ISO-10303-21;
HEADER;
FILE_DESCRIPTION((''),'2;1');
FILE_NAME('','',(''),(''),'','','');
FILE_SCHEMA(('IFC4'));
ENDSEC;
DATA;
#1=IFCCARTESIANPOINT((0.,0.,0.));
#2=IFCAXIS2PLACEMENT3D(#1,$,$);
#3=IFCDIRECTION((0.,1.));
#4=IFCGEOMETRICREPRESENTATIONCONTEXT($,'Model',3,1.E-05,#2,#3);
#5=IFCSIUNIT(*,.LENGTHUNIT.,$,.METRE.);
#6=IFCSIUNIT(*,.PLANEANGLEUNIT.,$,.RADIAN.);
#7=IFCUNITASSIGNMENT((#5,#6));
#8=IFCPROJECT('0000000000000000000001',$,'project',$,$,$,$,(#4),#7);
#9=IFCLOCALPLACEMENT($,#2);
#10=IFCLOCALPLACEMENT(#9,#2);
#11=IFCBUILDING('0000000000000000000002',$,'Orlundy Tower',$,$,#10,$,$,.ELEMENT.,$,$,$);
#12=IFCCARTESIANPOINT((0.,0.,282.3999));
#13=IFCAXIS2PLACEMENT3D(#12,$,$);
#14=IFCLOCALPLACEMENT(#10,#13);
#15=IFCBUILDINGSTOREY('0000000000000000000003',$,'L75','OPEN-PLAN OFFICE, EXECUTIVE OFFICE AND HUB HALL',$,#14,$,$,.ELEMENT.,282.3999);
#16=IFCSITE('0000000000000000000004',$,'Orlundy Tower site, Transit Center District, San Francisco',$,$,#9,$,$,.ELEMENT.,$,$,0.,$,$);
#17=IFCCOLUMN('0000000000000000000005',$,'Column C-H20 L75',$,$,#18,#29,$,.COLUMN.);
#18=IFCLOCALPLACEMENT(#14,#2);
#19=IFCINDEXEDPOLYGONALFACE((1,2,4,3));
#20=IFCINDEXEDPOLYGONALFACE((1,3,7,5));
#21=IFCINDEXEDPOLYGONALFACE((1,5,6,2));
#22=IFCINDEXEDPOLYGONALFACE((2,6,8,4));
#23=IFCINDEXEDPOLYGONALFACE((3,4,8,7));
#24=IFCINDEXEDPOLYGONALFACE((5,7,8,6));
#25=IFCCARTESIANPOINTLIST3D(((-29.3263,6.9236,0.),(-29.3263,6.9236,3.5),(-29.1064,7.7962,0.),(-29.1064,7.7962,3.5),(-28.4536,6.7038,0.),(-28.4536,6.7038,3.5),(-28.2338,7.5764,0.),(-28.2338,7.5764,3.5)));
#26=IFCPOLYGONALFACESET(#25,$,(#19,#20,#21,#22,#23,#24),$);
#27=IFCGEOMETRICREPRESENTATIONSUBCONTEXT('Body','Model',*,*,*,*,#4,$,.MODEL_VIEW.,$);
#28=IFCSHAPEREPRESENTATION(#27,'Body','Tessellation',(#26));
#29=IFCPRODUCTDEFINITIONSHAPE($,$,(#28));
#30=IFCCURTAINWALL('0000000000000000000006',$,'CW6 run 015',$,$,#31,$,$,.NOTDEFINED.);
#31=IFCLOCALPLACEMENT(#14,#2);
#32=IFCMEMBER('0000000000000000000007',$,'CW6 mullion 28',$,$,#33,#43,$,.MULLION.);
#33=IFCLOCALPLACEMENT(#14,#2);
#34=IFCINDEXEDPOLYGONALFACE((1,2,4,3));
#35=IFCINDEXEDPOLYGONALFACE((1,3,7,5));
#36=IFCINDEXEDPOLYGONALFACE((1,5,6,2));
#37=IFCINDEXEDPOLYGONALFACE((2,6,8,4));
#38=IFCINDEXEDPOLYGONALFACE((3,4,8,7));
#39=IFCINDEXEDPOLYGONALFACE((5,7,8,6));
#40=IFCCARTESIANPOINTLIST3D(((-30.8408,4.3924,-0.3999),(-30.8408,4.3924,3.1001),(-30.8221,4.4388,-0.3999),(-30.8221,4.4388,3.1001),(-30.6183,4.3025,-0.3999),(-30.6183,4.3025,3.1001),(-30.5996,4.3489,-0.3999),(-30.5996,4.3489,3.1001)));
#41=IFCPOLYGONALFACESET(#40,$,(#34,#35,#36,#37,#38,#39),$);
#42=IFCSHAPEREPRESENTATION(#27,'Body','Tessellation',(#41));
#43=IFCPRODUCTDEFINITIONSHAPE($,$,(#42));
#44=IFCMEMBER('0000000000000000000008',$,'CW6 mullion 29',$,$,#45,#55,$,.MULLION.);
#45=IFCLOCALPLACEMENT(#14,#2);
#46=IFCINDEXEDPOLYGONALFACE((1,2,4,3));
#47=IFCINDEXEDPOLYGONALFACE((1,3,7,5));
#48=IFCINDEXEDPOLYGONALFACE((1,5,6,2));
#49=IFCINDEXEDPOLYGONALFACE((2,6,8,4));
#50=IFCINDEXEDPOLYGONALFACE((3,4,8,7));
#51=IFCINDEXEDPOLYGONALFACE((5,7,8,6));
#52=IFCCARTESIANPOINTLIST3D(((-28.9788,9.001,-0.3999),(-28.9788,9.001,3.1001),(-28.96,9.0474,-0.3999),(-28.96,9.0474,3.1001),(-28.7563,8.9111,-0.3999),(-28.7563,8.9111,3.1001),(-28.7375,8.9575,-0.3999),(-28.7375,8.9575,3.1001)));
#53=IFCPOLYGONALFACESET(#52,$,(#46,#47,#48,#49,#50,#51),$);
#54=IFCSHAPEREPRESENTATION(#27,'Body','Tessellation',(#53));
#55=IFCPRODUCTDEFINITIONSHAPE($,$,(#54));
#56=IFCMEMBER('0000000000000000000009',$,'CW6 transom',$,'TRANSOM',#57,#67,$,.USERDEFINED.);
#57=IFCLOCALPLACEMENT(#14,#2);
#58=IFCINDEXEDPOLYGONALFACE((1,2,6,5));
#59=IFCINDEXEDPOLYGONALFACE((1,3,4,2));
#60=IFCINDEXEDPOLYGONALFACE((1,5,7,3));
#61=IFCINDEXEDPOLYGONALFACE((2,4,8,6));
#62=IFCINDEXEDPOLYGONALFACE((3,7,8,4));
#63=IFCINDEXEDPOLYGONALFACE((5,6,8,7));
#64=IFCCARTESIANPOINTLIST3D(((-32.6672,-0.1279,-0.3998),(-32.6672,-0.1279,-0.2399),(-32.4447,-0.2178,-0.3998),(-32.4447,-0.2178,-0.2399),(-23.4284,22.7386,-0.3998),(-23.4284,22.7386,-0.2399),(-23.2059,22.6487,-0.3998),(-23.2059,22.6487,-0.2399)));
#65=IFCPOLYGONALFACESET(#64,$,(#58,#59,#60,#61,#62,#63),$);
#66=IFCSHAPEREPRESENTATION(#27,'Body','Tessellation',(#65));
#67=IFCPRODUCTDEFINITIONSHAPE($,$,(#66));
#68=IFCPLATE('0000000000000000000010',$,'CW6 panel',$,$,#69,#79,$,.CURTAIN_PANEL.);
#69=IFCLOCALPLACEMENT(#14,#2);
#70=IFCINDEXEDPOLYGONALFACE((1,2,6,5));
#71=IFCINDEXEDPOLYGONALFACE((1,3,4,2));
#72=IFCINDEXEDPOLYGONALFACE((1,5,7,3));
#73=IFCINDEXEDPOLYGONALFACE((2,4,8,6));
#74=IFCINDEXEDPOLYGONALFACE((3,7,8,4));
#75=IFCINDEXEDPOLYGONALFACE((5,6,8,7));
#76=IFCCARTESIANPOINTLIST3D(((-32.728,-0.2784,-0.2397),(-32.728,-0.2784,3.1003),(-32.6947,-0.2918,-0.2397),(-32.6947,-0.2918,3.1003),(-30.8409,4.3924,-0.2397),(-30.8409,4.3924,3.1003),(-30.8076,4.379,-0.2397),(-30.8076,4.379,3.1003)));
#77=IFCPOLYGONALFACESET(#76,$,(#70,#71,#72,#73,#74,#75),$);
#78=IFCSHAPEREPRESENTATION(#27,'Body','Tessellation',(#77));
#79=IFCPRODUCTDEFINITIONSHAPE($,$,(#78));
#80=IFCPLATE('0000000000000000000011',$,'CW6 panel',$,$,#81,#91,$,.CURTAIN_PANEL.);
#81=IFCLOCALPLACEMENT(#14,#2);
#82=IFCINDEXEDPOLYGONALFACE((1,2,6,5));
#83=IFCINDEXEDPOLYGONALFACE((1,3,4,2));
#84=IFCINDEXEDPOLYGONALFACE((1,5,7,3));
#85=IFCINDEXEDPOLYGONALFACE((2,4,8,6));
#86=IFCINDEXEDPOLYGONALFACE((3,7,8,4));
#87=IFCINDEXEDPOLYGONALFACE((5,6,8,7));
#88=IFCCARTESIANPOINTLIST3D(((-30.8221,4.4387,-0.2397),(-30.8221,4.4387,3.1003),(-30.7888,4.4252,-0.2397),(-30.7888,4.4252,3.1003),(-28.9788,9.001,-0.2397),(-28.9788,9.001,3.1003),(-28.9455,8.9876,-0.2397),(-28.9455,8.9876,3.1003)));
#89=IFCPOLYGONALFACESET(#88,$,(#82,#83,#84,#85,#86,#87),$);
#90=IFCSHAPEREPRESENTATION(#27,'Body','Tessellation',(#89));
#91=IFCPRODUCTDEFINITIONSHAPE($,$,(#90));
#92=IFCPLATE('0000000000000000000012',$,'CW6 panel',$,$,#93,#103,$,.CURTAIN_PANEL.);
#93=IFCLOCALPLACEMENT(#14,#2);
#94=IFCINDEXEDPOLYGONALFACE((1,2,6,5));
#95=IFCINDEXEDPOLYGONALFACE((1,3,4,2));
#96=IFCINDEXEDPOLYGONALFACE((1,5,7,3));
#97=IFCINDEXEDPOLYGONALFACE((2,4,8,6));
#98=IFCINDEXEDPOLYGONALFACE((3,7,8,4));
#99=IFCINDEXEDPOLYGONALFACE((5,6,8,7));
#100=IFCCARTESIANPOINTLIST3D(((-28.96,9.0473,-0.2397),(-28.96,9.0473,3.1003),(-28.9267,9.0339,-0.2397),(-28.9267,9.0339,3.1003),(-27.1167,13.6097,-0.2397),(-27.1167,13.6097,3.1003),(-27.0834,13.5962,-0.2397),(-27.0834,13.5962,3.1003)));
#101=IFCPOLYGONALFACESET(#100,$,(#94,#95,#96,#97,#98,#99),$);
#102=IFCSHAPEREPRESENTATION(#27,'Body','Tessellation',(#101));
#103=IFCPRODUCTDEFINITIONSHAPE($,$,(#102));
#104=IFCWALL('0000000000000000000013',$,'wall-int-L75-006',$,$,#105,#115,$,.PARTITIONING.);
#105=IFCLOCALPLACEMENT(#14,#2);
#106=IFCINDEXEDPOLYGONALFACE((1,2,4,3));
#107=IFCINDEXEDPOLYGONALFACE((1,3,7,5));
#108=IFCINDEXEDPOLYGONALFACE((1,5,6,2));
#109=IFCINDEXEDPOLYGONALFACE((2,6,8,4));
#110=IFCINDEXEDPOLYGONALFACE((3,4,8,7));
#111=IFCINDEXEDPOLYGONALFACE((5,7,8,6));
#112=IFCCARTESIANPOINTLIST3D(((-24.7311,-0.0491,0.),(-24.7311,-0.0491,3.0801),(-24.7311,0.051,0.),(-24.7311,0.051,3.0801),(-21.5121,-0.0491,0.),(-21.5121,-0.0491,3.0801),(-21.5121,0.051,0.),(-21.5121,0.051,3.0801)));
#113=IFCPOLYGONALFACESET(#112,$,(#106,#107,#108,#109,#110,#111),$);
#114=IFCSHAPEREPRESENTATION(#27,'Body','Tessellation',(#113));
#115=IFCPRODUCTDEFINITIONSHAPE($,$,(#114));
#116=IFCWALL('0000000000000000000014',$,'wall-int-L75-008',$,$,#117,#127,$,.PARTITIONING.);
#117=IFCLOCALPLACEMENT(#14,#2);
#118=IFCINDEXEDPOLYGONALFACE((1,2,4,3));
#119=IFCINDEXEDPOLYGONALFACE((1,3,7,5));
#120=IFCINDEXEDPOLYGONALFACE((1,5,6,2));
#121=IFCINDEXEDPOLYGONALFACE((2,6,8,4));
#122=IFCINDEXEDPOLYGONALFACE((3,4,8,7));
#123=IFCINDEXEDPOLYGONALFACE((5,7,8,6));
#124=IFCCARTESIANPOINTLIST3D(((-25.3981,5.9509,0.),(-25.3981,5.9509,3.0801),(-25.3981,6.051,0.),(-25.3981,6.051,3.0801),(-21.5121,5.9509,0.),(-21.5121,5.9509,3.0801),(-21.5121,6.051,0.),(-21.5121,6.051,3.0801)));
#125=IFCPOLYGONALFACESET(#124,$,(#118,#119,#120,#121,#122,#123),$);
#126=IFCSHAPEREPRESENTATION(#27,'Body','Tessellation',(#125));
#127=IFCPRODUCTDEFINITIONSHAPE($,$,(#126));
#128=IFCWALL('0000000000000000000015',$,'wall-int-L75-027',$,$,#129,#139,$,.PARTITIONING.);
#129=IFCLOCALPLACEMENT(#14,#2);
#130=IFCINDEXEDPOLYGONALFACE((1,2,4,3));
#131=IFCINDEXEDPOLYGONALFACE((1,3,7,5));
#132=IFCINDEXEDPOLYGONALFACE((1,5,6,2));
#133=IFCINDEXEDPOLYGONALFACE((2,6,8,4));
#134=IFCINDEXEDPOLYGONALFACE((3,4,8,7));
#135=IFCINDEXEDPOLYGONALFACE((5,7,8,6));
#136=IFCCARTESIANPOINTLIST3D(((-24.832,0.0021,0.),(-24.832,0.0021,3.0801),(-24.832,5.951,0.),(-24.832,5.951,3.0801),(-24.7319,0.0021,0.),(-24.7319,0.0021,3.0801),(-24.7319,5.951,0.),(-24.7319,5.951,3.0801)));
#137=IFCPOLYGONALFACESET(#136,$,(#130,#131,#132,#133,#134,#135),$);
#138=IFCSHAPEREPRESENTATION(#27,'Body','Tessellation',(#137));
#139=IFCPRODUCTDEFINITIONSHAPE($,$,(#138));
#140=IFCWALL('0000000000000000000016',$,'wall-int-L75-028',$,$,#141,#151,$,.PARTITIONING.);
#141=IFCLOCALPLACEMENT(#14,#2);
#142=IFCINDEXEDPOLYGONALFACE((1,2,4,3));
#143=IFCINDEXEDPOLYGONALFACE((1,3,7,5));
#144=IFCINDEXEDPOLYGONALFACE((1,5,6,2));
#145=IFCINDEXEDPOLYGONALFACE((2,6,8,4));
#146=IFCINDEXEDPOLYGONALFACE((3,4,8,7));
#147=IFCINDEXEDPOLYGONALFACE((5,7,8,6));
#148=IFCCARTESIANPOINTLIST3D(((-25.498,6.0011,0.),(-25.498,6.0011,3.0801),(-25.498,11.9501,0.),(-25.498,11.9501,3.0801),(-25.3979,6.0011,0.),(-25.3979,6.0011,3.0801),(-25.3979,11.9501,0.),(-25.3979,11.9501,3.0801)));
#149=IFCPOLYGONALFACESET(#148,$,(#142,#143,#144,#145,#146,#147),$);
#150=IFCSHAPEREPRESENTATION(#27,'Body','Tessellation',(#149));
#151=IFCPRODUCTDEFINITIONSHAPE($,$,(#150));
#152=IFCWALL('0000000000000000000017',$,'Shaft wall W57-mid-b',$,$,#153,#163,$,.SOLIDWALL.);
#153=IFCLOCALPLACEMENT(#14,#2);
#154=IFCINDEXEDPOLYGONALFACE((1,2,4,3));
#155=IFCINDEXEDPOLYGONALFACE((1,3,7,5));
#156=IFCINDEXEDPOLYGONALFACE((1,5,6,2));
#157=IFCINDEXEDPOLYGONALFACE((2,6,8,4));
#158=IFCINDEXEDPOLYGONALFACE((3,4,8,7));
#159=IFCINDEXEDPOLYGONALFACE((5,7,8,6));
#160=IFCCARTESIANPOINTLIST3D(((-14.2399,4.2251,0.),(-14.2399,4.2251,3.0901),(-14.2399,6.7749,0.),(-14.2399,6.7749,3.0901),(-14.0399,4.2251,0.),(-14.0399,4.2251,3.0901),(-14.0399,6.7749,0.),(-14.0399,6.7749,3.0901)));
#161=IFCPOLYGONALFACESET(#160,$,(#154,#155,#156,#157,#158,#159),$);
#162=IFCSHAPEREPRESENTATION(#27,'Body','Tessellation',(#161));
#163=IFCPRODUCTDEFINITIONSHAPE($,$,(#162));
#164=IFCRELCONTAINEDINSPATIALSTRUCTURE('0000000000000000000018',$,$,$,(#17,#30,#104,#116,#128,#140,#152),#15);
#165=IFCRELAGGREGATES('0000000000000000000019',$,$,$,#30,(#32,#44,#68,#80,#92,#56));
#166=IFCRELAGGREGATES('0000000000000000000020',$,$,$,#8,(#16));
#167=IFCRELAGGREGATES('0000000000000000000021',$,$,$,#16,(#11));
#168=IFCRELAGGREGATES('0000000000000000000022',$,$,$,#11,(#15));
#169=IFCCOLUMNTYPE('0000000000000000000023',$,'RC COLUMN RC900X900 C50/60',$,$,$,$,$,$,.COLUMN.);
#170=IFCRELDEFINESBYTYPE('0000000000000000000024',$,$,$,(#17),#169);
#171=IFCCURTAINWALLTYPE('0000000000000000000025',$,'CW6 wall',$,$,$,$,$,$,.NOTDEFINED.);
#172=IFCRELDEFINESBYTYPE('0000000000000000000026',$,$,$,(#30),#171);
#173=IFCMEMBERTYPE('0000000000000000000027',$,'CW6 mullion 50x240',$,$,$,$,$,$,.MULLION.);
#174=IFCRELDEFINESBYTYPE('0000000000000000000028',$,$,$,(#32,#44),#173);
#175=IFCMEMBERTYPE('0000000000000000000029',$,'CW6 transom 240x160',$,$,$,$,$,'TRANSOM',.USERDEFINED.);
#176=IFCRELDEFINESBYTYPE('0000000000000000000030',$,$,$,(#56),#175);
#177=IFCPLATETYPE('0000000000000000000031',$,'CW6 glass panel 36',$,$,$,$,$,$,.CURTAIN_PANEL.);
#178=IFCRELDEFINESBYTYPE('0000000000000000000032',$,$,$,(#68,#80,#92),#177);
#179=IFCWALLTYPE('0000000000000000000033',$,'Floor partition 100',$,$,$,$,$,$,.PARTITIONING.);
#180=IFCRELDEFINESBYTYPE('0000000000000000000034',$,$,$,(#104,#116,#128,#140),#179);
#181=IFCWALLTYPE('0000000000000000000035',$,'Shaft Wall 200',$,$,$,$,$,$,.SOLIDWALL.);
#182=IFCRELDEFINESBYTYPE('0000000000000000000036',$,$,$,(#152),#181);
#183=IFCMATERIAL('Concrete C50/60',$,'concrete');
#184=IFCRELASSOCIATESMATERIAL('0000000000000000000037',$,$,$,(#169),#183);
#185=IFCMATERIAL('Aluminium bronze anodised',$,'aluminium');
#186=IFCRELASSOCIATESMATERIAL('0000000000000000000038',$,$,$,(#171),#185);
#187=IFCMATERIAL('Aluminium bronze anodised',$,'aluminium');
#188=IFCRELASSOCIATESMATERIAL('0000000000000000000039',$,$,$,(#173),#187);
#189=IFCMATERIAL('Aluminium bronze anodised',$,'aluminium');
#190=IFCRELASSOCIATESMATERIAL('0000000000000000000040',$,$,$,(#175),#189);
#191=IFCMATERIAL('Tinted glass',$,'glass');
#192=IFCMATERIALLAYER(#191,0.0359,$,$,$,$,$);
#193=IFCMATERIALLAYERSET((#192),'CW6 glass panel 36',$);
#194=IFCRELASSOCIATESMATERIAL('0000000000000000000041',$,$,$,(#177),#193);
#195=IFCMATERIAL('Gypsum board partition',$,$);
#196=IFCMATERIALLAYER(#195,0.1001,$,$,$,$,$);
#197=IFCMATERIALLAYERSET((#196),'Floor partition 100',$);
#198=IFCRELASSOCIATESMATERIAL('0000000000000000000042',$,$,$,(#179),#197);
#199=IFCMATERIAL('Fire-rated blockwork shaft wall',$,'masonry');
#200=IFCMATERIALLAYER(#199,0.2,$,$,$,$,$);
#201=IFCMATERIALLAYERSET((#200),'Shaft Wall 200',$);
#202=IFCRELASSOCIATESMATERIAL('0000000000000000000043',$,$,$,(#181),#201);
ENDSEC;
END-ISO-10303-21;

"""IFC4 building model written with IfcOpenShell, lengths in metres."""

from ifc_helpers import new_model, si_unit, direction, frame, frame_2d, origin, origin_2d, place, context, subcontext, project, spatial, rectangle, extrude, material, layer, layer_set, material_profile, profile_set, type_object, element, aggregate, save


model = new_model("IFC4")

# Units and contexts
model_context = context("Model", 3, precision=1e-05, world=origin(), true_north=direction((0.0, 1.0)))
body_context = subcontext(model_context, "Body", "Model", "MODEL_VIEW")
ifc_project = project(units=[si_unit("LENGTHUNIT", "METRE"), si_unit("PLANEANGLEUNIT", "RADIAN")], contexts=[model_context])

# Site, building, storey
site_placement = place(None, origin())
site = spatial("IfcSite", under=ifc_project, at=site_placement, Name="Orlundy Tower site, Transit Center District, San Francisco", CompositionType="ELEMENT", RefElevation=0.0)
building_placement = place(site_placement, origin())
building = spatial("IfcBuilding", under=site, at=building_placement, Name="Orlundy Tower", CompositionType="ELEMENT")
storey_placement = place(building_placement, frame((0.0, 0.0, 282.3999)))
storey = spatial("IfcBuildingStorey", under=building, at=storey_placement, Name="L75", Description="OPEN-PLAN OFFICE, EXECUTIVE OFFICE AND HUB HALL", CompositionType="ELEMENT", Elevation=282.3999)

# Column
ifc_material_1 = material(Name="Concrete C50/60", Category="concrete")
ifc_material_profile_1 = material_profile(ifc_material_1, rectangle(XDim=0.8999, YDim=0.8999, at=origin_2d()), Name="RC900X900")
ifc_profile_set_1 = profile_set([ifc_material_profile_1], Name="Concrete C50/60")
column_type = type_object("IfcColumnType", Name="RC COLUMN RC900X900 C50/60", PredefinedType="COLUMN", material=ifc_profile_set_1)
column_placement = place(storey_placement, frame((-28.78, 7.25, 0.0), z_axis=(0.0, 0.0, 1.0), x_axis=(-0.969706, 0.244275, 0.0)))
element("IfcColumn", 1, at=column_placement, inside=storey, type_object=column_type, Name="Column C-H20 L75", PredefinedType="COLUMN", context=body_context, shape_type="SweptSolid", body=[
    extrude(rectangle(XDim=0.8999, YDim=0.8999, at=origin_2d()), origin(), (0.0, 0.0, 1.0), 3.5),
])

# Curtain wall, members, plates
ifc_material_2 = material(Name="Aluminium bronze anodised", Category="aluminium")
curtain_wall_type = type_object("IfcCurtainWallType", Name="CW6 wall", PredefinedType="NOTDEFINED", material=ifc_material_2)
curtain_wall_placement = place(storey_placement, origin())
curtain_wall = element("IfcCurtainWall", 2, at=curtain_wall_placement, inside=storey, type_object=curtain_wall_type, Name="CW6 run 015", PredefinedType="NOTDEFINED")
ifc_material_3 = material(Name="Aluminium bronze anodised", Category="aluminium")
ifc_material_profile_2 = material_profile(ifc_material_3, rectangle(XDim=0.24, YDim=0.05, at=origin_2d()), Name="CW6 mullion 50x240")
ifc_profile_set_2 = profile_set([ifc_material_profile_2], Name="Aluminium bronze anodised")
member_type_1 = type_object("IfcMemberType", Name="CW6 mullion 50x240", PredefinedType="MULLION", material=ifc_profile_set_2)
member_1_placement = place(storey_placement, frame((-30.7202, 4.3706, -0.3999), z_axis=(0.0, 0.0, 1.0), x_axis=(-0.927184, 0.374607, 0.0)))
member_1 = element("IfcMember", 3, at=member_1_placement, type_object=member_type_1, Name="CW6 mullion 28", PredefinedType="MULLION", context=body_context, shape_type="SweptSolid", body=[
    extrude(rectangle(XDim=0.24, YDim=0.05, at=origin_2d()), origin(), (0.0, 0.0, 1.0), 3.5),
])
member_2_placement = place(storey_placement, frame((-28.8582, 8.9792, -0.3999), z_axis=(0.0, 0.0, 1.0), x_axis=(-0.927184, 0.374607, 0.0)))
member_2 = element("IfcMember", 4, at=member_2_placement, type_object=member_type_1, Name="CW6 mullion 29", PredefinedType="MULLION", context=body_context, shape_type="SweptSolid", body=[
    extrude(rectangle(XDim=0.24, YDim=0.05, at=origin_2d()), origin(), (0.0, 0.0, 1.0), 3.5),
])
ifc_material_4 = material(Name="Aluminium bronze anodised", Category="aluminium")
ifc_material_profile_3 = material_profile(ifc_material_4, rectangle(XDim=0.24, YDim=0.1599, at=origin_2d()), Name="CW6 transom 240x160")
ifc_profile_set_3 = profile_set([ifc_material_profile_3], Name="Aluminium bronze anodised")
member_type_2 = type_object("IfcMemberType", Name="CW6 transom 240x160", ElementType="TRANSOM", PredefinedType="USERDEFINED", material=ifc_profile_set_3)
member_3_placement = place(storey_placement, frame((-32.5559, -0.1729, -0.3198), z_axis=(0.374611, 0.927182, 0.0), x_axis=(-0.927182, 0.374611, 0.0)))
member_3 = element("IfcMember", 5, at=member_3_placement, type_object=member_type_2, Name="CW6 transom", ObjectType="TRANSOM", PredefinedType="USERDEFINED", context=body_context, shape_type="SweptSolid", body=[
    extrude(rectangle(XDim=0.24, YDim=0.1599, at=origin_2d()), origin(), (0.0, 0.0, 1.0), 24.6624),
])
ifc_material_5 = material(Name="Tinted glass", Category="glass")
ifc_layer_1 = layer(ifc_material_5, 0.0359)
ifc_layer_set_1 = layer_set([ifc_layer_1], Name="CW6 glass panel 36")
plate_type = type_object("IfcPlateType", Name="CW6 glass panel 36", PredefinedType="CURTAIN_PANEL", material=ifc_layer_set_1)
plate_1_placement = place(storey_placement, frame((-31.7678, 2.0503, -0.2397), z_axis=(0.0, 0.0, 1.0), x_axis=(0.374607, 0.927184, 0.0)))
plate_1 = element("IfcPlate", 6, at=plate_1_placement, type_object=plate_type, Name="CW6 panel", PredefinedType="CURTAIN_PANEL", context=body_context, shape_type="SweptSolid", body=[
    extrude(rectangle(XDim=5.0376, YDim=0.0359, at=origin_2d()), origin(), (0.0, 0.0, 1.0), 3.3401),
])
plate_2_placement = place(storey_placement, frame((-29.8838, 6.7131, -0.2397), z_axis=(0.0, 0.0, 1.0), x_axis=(0.374607, 0.927184, 0.0)))
plate_2 = element("IfcPlate", 7, at=plate_2_placement, type_object=plate_type, Name="CW6 panel", PredefinedType="CURTAIN_PANEL", context=body_context, shape_type="SweptSolid", body=[
    extrude(rectangle(XDim=4.9207, YDim=0.0359, at=origin_2d()), origin(), (0.0, 0.0, 1.0), 3.3401),
])
plate_3_placement = place(storey_placement, frame((-28.0217, 11.3218, -0.2397), z_axis=(0.0, 0.0, 1.0), x_axis=(0.374607, 0.927184, 0.0)))
plate_3 = element("IfcPlate", 8, at=plate_3_placement, type_object=plate_type, Name="CW6 panel", PredefinedType="CURTAIN_PANEL", context=body_context, shape_type="SweptSolid", body=[
    extrude(rectangle(XDim=4.9207, YDim=0.0359, at=origin_2d()), origin(), (0.0, 0.0, 1.0), 3.3401),
])
aggregate(curtain_wall, [member_1, member_2, plate_1, plate_2, plate_3, member_3])

# Walls
ifc_material_6 = material(Name="Gypsum board partition")
ifc_layer_2 = layer(ifc_material_6, 0.1001)
ifc_layer_set_2 = layer_set([ifc_layer_2], Name="Floor partition 100")
wall_type_1 = type_object("IfcWallType", Name="Floor partition 100", PredefinedType="PARTITIONING", material=ifc_layer_set_2)
wall_1_placement = place(storey_placement, frame((-24.731, 0.001, 0.0), z_axis=(0.0, 0.0, 1.0), x_axis=(1.0, 0.0, 0.0)))
element("IfcWall", 9, at=wall_1_placement, inside=storey, type_object=wall_type_1, Name="wall-int-L75-006", PredefinedType="PARTITIONING", context=body_context, shape_type="SweptSolid", body=[
    extrude(rectangle(XDim=3.219, YDim=0.1001, at=frame_2d((1.6094, 0.0))), origin(), (0.0, 0.0, 1.0), 3.0801),
])
wall_2_placement = place(storey_placement, frame((-25.3979, 6.001, 0.0), z_axis=(0.0, 0.0, 1.0), x_axis=(1.0, 0.0, 0.0)))
element("IfcWall", 10, at=wall_2_placement, inside=storey, type_object=wall_type_1, Name="wall-int-L75-008", PredefinedType="PARTITIONING", context=body_context, shape_type="SweptSolid", body=[
    extrude(rectangle(XDim=3.886, YDim=0.1001, at=frame_2d((1.9429, 0.0))), origin(), (0.0, 0.0, 1.0), 3.0801),
])
for number, where, z_axis, x_axis, name in (
    (11, (-24.782, 0.002, 0.0), (0.0, 0.0, 1.0), (0.0, 1.0, 0.0), "wall-int-L75-027"),
    (12, (-25.448, 6.001, 0.0), (0.0, 0.0, 1.0), (0.0, 1.0, 0.0), "wall-int-L75-028"),
):
    element("IfcWall", number, at=place(storey_placement, frame(where, z_axis=z_axis, x_axis=x_axis)), inside=storey, type_object=wall_type_1, Name=name, PredefinedType="PARTITIONING", context=body_context, shape_type="SweptSolid", body=[
        extrude(rectangle(XDim=5.949, YDim=0.1001, at=frame_2d((2.9746, 0.0))), origin(), (0.0, 0.0, 1.0), 3.0801),
    ])
ifc_material_7 = material(Name="Fire-rated blockwork shaft wall", Category="masonry")
ifc_layer_3 = layer(ifc_material_7, 0.2)
ifc_layer_set_3 = layer_set([ifc_layer_3], Name="Shaft Wall 200")
wall_type_2 = type_object("IfcWallType", Name="Shaft Wall 200", PredefinedType="SOLIDWALL", material=ifc_layer_set_3)
wall_3_placement = place(storey_placement, frame((-14.1399, 4.2251, 0.0), z_axis=(0.0, 0.0, 1.0), x_axis=(0.0, 1.0, 0.0)))
element("IfcWall", 13, at=wall_3_placement, inside=storey, type_object=wall_type_2, Name="Shaft wall W57-mid-b", PredefinedType="SOLIDWALL", context=body_context, shape_type="SweptSolid", body=[
    extrude(rectangle(XDim=2.5498, YDim=0.2, at=frame_2d((1.2749, 0.0))), origin(), (0.0, 0.0, 1.0), 3.0901),
])

save(model, "model.ifc")
